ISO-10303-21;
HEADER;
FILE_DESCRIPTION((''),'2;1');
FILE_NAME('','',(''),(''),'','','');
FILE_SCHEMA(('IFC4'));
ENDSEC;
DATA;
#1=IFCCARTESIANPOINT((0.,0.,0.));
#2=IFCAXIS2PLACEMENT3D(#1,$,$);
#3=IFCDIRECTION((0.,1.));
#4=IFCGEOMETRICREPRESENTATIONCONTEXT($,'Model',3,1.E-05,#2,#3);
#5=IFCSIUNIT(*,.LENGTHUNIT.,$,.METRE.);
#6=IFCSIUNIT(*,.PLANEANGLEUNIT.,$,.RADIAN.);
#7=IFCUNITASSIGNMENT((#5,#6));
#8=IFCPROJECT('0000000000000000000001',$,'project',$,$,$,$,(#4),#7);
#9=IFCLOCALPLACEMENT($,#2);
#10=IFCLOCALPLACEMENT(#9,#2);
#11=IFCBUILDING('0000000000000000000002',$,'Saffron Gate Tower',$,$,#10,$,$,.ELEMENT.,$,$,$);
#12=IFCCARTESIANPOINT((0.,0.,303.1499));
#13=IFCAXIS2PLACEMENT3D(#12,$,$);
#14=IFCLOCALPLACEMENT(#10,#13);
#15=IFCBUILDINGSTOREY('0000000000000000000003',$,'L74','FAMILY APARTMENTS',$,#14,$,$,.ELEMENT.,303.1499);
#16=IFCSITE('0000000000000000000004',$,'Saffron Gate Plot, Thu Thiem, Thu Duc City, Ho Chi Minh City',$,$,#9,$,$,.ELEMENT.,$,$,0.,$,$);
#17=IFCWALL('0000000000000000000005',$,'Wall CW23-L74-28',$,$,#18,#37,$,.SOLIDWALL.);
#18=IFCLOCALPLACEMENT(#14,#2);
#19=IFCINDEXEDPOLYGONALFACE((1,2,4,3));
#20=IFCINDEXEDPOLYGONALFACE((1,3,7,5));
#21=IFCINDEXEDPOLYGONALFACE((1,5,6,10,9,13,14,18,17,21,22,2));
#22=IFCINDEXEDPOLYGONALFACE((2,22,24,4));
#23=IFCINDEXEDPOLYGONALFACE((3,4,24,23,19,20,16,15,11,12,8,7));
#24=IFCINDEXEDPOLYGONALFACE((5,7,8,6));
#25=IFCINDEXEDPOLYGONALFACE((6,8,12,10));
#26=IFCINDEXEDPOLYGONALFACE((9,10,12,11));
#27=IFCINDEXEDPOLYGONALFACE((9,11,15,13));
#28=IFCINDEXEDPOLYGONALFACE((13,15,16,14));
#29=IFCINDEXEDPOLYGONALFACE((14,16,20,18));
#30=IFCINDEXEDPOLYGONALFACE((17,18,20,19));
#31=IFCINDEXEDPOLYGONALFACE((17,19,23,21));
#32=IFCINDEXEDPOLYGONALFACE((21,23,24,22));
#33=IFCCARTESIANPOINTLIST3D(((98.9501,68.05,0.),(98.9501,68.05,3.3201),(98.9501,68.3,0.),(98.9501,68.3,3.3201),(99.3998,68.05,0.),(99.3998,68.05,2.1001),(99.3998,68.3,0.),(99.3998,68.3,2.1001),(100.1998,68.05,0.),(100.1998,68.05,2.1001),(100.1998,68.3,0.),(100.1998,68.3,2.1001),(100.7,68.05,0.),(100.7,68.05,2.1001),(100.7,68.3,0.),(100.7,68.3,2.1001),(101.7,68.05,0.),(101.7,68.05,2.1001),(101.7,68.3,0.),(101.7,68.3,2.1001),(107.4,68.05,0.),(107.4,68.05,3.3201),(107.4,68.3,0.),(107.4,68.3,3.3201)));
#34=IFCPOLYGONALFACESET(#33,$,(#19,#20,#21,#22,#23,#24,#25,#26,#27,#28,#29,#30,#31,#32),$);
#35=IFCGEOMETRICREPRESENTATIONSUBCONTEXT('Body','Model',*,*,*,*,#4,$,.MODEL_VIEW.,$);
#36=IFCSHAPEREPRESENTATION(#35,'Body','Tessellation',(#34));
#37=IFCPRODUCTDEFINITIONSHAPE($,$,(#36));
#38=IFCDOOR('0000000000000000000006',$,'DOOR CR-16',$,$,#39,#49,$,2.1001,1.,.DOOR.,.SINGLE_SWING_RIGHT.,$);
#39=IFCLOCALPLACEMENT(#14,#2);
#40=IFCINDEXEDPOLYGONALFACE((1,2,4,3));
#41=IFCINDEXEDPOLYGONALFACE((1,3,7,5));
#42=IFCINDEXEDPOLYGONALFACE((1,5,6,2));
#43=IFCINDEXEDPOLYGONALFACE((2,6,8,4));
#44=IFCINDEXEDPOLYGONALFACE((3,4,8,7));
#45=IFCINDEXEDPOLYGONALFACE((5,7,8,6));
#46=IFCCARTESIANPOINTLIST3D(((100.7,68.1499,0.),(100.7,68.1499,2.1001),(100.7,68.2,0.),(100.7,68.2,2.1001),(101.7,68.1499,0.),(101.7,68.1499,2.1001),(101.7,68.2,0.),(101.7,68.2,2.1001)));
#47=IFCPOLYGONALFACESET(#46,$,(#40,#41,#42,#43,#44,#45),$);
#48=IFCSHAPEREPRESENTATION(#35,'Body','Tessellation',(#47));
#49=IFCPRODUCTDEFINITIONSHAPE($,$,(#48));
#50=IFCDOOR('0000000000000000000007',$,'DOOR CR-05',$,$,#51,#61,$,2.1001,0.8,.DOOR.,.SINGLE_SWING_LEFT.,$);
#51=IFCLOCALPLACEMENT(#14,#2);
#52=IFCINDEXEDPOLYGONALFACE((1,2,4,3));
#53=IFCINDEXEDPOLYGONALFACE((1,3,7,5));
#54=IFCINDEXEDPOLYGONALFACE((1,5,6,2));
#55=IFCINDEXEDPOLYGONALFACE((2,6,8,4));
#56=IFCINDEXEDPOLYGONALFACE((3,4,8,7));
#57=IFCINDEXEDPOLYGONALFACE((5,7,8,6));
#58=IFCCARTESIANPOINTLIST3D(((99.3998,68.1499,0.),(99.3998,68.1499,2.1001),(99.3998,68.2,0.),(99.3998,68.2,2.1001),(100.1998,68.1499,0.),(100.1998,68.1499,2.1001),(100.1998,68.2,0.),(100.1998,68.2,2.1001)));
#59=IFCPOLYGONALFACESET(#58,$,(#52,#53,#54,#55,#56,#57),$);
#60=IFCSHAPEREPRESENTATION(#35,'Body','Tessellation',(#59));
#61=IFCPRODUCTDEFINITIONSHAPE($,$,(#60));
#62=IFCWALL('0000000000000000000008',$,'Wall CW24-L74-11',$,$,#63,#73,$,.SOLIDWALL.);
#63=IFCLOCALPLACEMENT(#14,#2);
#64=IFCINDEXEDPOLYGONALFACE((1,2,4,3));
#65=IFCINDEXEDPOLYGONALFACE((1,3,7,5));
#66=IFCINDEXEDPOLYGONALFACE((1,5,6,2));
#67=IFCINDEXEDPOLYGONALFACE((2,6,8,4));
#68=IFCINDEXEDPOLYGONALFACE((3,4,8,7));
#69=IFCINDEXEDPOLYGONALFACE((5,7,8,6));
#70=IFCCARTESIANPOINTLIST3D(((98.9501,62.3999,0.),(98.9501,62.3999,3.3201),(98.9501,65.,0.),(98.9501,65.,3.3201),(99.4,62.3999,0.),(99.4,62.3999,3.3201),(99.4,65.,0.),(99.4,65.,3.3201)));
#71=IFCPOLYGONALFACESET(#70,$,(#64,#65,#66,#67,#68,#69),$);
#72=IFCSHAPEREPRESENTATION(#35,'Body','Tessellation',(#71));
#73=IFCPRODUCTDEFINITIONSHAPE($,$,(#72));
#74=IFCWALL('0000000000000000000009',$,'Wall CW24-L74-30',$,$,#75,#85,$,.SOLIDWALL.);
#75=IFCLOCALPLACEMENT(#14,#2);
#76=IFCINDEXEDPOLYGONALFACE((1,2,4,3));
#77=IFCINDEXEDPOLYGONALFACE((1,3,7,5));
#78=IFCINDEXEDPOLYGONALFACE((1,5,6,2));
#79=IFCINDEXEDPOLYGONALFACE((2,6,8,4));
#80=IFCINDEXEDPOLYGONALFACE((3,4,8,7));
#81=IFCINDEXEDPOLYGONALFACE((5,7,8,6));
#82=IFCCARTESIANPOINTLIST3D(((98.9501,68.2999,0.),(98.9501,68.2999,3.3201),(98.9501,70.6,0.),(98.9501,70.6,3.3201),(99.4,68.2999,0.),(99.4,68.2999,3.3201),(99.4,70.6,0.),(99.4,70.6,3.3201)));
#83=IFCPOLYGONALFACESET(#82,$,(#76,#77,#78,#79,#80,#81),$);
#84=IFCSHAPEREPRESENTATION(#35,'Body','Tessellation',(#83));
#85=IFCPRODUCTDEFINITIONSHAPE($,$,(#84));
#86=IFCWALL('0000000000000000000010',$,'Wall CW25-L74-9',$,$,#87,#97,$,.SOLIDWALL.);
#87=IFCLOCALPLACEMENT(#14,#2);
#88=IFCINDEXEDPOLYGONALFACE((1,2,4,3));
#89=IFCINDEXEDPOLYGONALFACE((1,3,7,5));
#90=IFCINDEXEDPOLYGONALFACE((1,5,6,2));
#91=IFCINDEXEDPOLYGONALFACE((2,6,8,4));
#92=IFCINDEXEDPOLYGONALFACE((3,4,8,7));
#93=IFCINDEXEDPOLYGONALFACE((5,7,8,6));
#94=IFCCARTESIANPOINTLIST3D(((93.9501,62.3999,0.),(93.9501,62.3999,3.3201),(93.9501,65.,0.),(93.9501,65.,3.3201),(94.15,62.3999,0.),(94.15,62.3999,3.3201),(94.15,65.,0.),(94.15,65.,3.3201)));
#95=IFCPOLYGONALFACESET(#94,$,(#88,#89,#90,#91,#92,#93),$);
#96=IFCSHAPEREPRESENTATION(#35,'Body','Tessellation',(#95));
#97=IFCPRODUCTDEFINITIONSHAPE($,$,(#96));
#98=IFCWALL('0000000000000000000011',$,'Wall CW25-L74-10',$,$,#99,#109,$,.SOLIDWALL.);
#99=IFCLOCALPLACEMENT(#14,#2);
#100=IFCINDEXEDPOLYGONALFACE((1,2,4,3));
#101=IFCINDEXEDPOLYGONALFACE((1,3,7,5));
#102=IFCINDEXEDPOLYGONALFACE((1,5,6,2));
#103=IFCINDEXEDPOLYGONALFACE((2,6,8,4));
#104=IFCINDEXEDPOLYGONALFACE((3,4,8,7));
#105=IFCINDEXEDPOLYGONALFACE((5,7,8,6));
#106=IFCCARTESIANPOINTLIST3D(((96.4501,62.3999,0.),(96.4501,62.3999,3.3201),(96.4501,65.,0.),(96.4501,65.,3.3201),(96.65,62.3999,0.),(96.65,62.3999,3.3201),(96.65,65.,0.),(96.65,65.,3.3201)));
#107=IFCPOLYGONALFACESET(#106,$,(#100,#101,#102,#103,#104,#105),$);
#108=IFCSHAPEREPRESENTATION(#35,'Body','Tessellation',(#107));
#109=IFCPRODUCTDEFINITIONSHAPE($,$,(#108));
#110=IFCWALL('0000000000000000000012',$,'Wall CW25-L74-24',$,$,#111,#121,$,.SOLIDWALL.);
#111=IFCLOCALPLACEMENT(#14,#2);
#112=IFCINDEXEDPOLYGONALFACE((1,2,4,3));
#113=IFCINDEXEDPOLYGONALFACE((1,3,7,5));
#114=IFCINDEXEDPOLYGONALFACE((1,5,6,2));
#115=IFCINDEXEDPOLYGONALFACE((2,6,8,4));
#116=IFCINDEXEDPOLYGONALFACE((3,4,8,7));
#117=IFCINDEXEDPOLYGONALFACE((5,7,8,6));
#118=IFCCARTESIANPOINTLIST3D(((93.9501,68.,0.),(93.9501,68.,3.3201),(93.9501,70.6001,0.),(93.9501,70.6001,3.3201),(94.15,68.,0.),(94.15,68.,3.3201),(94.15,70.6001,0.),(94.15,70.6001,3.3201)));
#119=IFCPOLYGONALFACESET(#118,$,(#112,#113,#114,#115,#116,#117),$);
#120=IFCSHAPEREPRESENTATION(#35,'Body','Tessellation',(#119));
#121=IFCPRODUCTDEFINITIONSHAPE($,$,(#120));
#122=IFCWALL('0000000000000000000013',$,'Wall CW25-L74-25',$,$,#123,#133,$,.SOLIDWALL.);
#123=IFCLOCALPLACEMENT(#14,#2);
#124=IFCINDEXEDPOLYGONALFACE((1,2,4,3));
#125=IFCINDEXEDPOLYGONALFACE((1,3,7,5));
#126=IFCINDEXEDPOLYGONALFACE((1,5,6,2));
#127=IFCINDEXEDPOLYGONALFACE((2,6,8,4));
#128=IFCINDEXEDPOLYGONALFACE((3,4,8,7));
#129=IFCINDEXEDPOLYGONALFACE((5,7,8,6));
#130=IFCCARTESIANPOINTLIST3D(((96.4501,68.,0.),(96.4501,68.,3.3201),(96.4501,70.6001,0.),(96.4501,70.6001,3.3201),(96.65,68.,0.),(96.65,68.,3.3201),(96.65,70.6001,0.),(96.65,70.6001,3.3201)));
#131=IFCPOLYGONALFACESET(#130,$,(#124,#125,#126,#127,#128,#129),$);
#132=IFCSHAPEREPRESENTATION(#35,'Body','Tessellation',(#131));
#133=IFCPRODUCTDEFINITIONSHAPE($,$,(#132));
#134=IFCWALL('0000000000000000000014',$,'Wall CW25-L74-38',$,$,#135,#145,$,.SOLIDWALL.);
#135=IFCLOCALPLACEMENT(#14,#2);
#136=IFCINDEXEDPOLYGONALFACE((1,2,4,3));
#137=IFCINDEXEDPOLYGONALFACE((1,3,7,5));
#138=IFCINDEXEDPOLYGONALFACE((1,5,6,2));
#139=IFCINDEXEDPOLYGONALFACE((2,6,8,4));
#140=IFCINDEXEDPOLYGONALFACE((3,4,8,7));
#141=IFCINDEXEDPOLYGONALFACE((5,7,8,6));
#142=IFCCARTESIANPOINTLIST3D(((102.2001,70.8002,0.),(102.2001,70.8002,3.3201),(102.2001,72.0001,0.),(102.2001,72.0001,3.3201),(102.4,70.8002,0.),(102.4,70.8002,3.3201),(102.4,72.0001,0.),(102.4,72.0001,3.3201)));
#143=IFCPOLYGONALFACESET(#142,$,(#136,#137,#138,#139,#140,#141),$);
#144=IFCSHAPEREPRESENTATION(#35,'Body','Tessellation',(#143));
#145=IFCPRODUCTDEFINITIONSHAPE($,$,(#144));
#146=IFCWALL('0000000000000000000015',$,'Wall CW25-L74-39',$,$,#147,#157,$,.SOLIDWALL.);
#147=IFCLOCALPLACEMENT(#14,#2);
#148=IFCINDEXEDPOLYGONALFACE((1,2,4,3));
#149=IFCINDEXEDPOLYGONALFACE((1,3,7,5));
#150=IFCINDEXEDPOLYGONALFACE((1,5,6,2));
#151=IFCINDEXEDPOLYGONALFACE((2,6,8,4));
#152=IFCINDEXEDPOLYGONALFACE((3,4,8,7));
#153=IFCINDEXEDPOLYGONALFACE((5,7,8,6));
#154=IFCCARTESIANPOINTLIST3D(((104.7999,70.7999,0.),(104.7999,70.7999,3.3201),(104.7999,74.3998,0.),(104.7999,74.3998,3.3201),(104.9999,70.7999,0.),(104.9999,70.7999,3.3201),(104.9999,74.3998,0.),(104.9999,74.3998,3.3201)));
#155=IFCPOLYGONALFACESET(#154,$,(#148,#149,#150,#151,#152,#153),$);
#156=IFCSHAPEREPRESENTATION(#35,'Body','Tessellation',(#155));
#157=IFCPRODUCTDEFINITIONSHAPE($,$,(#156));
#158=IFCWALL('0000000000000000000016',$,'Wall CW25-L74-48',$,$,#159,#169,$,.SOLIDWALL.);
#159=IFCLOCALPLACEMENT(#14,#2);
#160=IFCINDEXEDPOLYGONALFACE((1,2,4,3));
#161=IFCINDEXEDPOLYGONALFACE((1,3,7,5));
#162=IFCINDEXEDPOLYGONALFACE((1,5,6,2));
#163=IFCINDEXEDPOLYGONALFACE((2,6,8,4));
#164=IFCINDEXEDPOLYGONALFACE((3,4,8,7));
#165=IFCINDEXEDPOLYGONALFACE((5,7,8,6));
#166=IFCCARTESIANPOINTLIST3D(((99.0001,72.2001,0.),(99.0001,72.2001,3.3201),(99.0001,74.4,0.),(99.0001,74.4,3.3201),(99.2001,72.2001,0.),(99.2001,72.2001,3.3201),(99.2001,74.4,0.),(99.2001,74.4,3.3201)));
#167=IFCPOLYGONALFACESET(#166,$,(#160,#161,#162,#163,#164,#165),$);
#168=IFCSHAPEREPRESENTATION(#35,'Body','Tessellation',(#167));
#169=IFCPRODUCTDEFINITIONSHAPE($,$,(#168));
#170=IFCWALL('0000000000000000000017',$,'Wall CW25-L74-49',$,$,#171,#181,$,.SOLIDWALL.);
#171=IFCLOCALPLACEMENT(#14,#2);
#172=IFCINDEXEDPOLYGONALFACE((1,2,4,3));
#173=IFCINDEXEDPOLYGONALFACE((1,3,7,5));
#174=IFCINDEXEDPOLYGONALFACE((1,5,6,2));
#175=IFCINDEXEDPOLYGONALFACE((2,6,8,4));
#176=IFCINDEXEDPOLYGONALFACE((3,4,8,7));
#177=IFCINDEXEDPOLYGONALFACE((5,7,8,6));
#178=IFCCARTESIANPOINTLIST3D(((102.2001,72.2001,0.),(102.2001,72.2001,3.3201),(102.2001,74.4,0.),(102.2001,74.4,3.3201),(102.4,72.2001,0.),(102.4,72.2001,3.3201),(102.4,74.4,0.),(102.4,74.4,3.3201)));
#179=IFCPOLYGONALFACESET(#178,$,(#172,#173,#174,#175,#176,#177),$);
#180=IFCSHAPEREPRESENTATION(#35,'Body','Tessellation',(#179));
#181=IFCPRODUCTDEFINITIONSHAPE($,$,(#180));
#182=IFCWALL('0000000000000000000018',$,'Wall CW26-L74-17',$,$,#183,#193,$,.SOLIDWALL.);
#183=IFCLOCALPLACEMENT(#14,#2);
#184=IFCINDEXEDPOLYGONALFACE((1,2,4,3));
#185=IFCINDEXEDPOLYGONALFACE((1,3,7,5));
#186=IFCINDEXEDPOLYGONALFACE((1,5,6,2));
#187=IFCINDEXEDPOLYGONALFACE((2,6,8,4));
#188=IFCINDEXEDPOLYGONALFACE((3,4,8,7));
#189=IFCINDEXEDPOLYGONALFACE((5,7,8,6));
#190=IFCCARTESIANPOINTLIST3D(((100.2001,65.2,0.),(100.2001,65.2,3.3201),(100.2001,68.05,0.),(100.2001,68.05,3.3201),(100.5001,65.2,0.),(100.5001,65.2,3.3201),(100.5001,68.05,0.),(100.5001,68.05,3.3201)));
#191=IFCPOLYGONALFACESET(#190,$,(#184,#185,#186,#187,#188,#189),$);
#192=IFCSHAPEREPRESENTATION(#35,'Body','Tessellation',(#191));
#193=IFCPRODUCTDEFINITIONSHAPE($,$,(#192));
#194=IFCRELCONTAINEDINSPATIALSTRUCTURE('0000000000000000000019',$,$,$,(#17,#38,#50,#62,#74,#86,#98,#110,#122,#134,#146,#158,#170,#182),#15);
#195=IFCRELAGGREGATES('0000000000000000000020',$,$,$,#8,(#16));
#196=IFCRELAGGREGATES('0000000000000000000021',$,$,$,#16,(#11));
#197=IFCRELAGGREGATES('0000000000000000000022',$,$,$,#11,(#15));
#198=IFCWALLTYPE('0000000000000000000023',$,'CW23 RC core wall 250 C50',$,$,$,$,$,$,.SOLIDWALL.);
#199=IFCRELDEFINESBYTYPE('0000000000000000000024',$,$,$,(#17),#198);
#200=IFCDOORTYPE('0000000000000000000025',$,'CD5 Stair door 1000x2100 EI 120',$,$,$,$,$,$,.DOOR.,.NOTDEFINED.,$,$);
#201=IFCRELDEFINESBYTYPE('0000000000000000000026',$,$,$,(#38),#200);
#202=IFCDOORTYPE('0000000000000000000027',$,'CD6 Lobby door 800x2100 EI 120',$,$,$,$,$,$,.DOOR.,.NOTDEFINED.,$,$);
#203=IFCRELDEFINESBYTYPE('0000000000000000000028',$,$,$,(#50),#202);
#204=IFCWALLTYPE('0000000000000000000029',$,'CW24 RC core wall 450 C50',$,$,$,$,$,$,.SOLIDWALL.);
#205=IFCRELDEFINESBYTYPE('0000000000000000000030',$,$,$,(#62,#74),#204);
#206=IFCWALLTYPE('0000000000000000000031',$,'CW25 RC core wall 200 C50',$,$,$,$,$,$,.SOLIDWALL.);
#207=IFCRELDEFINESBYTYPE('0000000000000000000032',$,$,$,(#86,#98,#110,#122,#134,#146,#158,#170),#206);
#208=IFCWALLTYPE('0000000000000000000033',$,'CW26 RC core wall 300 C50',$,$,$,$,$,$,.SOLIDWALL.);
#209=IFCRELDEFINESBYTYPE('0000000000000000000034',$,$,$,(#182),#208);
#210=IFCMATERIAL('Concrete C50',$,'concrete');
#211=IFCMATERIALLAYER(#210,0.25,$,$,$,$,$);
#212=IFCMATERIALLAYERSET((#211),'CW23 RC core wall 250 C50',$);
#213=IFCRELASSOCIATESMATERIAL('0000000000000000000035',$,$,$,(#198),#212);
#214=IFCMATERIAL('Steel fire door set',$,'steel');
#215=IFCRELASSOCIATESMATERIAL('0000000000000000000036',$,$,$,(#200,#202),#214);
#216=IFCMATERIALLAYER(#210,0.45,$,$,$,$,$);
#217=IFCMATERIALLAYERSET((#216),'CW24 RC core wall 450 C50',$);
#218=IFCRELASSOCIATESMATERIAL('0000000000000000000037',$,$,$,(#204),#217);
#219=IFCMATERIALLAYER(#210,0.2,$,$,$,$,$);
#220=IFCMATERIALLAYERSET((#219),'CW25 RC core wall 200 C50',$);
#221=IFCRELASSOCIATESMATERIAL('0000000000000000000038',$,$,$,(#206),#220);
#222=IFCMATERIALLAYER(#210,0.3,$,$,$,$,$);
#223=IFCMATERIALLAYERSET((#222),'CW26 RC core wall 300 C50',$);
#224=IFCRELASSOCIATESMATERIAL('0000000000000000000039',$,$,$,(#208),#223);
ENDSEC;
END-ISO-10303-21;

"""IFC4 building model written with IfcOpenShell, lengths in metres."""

from ifc_helpers import new_model, si_unit, direction, frame, frame_2d, origin, place, context, subcontext, project, spatial, rectangle, extrude, material, layer, layer_set, type_object, element, fill, save


model = new_model("IFC4")

# Units and contexts
model_context = context("Model", 3, precision=1e-05, world=origin(), true_north=direction((0.0, 1.0)))
body_context = subcontext(model_context, "Body", "Model", "MODEL_VIEW")
ifc_project = project(units=[si_unit("LENGTHUNIT", "METRE"), si_unit("PLANEANGLEUNIT", "RADIAN")], contexts=[model_context])

# Site, building, storey
site_placement = place(None, origin())
site = spatial("IfcSite", under=ifc_project, at=site_placement, Name="Saffron Gate Plot, Thu Thiem, Thu Duc City, Ho Chi Minh City", CompositionType="ELEMENT", RefElevation=0.0)
building_placement = place(site_placement, origin())
building = spatial("IfcBuilding", under=site, at=building_placement, Name="Saffron Gate Tower", CompositionType="ELEMENT")
storey_placement = place(building_placement, frame((0.0, 0.0, 303.1499)))
storey = spatial("IfcBuildingStorey", under=building, at=storey_placement, Name="L74", Description="FAMILY APARTMENTS", CompositionType="ELEMENT", Elevation=303.1499)

# Wall, openings, doors
ifc_material_1 = material(Name="Concrete C50", Category="concrete")
ifc_layer_1 = layer(ifc_material_1, 0.25)
ifc_layer_set_1 = layer_set([ifc_layer_1], Name="CW23 RC core wall 250 C50")
wall_type_1 = type_object("IfcWallType", Name="CW23 RC core wall 250 C50", PredefinedType="SOLIDWALL", material=ifc_layer_set_1)
wall_1_placement = place(storey_placement, frame((98.95, 68.175, 0.0), z_axis=(0.0, 0.0, 1.0), x_axis=(1.0, 0.0, 0.0)))
wall_1 = element("IfcWall", 1, at=wall_1_placement, inside=storey, type_object=wall_type_1, Name="Wall CW23-L74-28", PredefinedType="SOLIDWALL", context=body_context, shape_type="SweptSolid", body=[
    extrude(rectangle(XDim=8.45, YDim=0.25, at=frame_2d((4.2251, 0.0))), origin(), (0.0, 0.0, 1.0), 3.3201),
])
opening_1_placement = place(wall_1_placement, frame((0.45, 0.0, 0.0)))
opening_1 = element("IfcOpeningElement", 2, at=opening_1_placement, cuts=wall_1, PredefinedType="OPENING", context=body_context, shape_type="SweptSolid", body=[
    extrude(rectangle(XDim=0.8, YDim=2.1001, at=frame_2d((0.3999, 1.05))), frame((0.0, 0.135, 0.0), z_axis=(0.0, -1.0, 0.0), x_axis=(1.0, 0.0, 0.0)), (0.0, 0.0, 1.0), 0.27),
])
opening_2_placement = place(wall_1_placement, frame((1.75, 0.0, 0.0)))
opening_2 = element("IfcOpeningElement", 3, at=opening_2_placement, cuts=wall_1, PredefinedType="OPENING", context=body_context, shape_type="SweptSolid", body=[
    extrude(rectangle(XDim=1.0, YDim=2.1001, at=frame_2d((0.5, 1.05))), frame((0.0, 0.135, 0.0), z_axis=(0.0, -1.0, 0.0), x_axis=(1.0, 0.0, 0.0)), (0.0, 0.0, 1.0), 0.27),
])
ifc_material_2 = material(Name="Steel fire door set", Category="steel")
door_type_1 = type_object("IfcDoorType", Name="CD5 Stair door 1000x2100 EI 120", OperationType="NOTDEFINED", PredefinedType="DOOR", material=ifc_material_2)
door_1_placement = place(opening_2_placement, origin())
door_1 = element("IfcDoor", 4, at=door_1_placement, inside=storey, type_object=door_type_1, Name="DOOR CR-16", OperationType="SINGLE_SWING_RIGHT", OverallHeight=2.1001, OverallWidth=1.0, PredefinedType="DOOR", context=body_context, shape_type="SweptSolid", body=[
    extrude(rectangle(XDim=1.0, YDim=2.1001, at=frame_2d((0.5, 1.05))), frame((0.0, 0.0249, 0.0), z_axis=(0.0, -1.0, 0.0), x_axis=(1.0, 0.0, 0.0)), (0.0, 0.0, 1.0), 0.05),
])
fill(opening_2, door_1)
door_type_2 = type_object("IfcDoorType", Name="CD6 Lobby door 800x2100 EI 120", OperationType="NOTDEFINED", PredefinedType="DOOR", material=ifc_material_2)
door_2_placement = place(opening_1_placement, origin())
door_2 = element("IfcDoor", 5, at=door_2_placement, inside=storey, type_object=door_type_2, Name="DOOR CR-05", OperationType="SINGLE_SWING_LEFT", OverallHeight=2.1001, OverallWidth=0.8, PredefinedType="DOOR", context=body_context, shape_type="SweptSolid", body=[
    extrude(rectangle(XDim=0.8, YDim=2.1001, at=frame_2d((0.3999, 1.05))), frame((0.0, 0.0249, 0.0), z_axis=(0.0, -1.0, 0.0), x_axis=(1.0, 0.0, 0.0)), (0.0, 0.0, 1.0), 0.05),
])
fill(opening_1, door_2)

# Walls
ifc_layer_2 = layer(ifc_material_1, 0.45)
ifc_layer_set_2 = layer_set([ifc_layer_2], Name="CW24 RC core wall 450 C50")
wall_type_2 = type_object("IfcWallType", Name="CW24 RC core wall 450 C50", PredefinedType="SOLIDWALL", material=ifc_layer_set_2)
wall_2_placement = place(storey_placement, frame((99.175, 62.3999, 0.0), z_axis=(0.0, 0.0, 1.0), x_axis=(0.0, 1.0, 0.0)))
element("IfcWall", 6, at=wall_2_placement, inside=storey, type_object=wall_type_2, Name="Wall CW24-L74-11", PredefinedType="SOLIDWALL", context=body_context, shape_type="SweptSolid", body=[
    extrude(rectangle(XDim=2.6001, YDim=0.45, at=frame_2d((1.3, 0.0))), origin(), (0.0, 0.0, 1.0), 3.3201),
])
wall_3_placement = place(storey_placement, frame((99.175, 68.3, 0.0), z_axis=(0.0, 0.0, 1.0), x_axis=(0.0, 1.0, 0.0)))
element("IfcWall", 7, at=wall_3_placement, inside=storey, type_object=wall_type_2, Name="Wall CW24-L74-30", PredefinedType="SOLIDWALL", context=body_context, shape_type="SweptSolid", body=[
    extrude(rectangle(XDim=2.3, YDim=0.45, at=frame_2d((1.1499, 0.0))), origin(), (0.0, 0.0, 1.0), 3.3201),
])
ifc_layer_3 = layer(ifc_material_1, 0.2)
ifc_layer_set_3 = layer_set([ifc_layer_3], Name="CW25 RC core wall 200 C50")
wall_type_3 = type_object("IfcWallType", Name="CW25 RC core wall 200 C50", PredefinedType="SOLIDWALL", material=ifc_layer_set_3)
for number, where, z_axis, x_axis, name in (
    (8, (94.05, 62.3999, 0.0), (0.0, 0.0, 1.0), (0.0, 1.0, 0.0), "Wall CW25-L74-9"),
    (9, (96.55, 62.3999, 0.0), (0.0, 0.0, 1.0), (0.0, 1.0, 0.0), "Wall CW25-L74-10"),
    (10, (94.05, 68.0, 0.0), (0.0, 0.0, 1.0), (0.0, 1.0, 0.0), "Wall CW25-L74-24"),
    (11, (96.55, 68.0, 0.0), (0.0, 0.0, 1.0), (0.0, 1.0, 0.0), "Wall CW25-L74-25"),
):
    element("IfcWall", number, at=place(storey_placement, frame(where, z_axis=z_axis, x_axis=x_axis)), inside=storey, type_object=wall_type_3, Name=name, PredefinedType="SOLIDWALL", context=body_context, shape_type="SweptSolid", body=[
        extrude(rectangle(XDim=2.6001, YDim=0.2, at=frame_2d((1.3, 0.0))), origin(), (0.0, 0.0, 1.0), 3.3201),
    ])
wall_4_placement = place(storey_placement, frame((102.3, 70.8, 0.0), z_axis=(0.0, 0.0, 1.0), x_axis=(0.0, 1.0, 0.0)))
element("IfcWall", 12, at=wall_4_placement, inside=storey, type_object=wall_type_3, Name="Wall CW25-L74-38", PredefinedType="SOLIDWALL", context=body_context, shape_type="SweptSolid", body=[
    extrude(rectangle(XDim=1.2, YDim=0.2, at=frame_2d((0.6001, 0.0))), origin(), (0.0, 0.0, 1.0), 3.3201),
])
wall_5_placement = place(storey_placement, frame((104.8999, 70.8, 0.0), z_axis=(0.0, 0.0, 1.0), x_axis=(0.0, 1.0, 0.0)))
element("IfcWall", 13, at=wall_5_placement, inside=storey, type_object=wall_type_3, Name="Wall CW25-L74-39", PredefinedType="SOLIDWALL", context=body_context, shape_type="SweptSolid", body=[
    extrude(rectangle(XDim=3.5999, YDim=0.2, at=frame_2d((1.7998, 0.0))), origin(), (0.0, 0.0, 1.0), 3.3201),
])
for number, where, z_axis, x_axis, name in (
    (14, (99.1001, 72.2, 0.0), (0.0, 0.0, 1.0), (0.0, 1.0, 0.0), "Wall CW25-L74-48"),
    (15, (102.3, 72.2, 0.0), (0.0, 0.0, 1.0), (0.0, 1.0, 0.0), "Wall CW25-L74-49"),
):
    element("IfcWall", number, at=place(storey_placement, frame(where, z_axis=z_axis, x_axis=x_axis)), inside=storey, type_object=wall_type_3, Name=name, PredefinedType="SOLIDWALL", context=body_context, shape_type="SweptSolid", body=[
        extrude(rectangle(XDim=2.2, YDim=0.2, at=frame_2d((1.1001, 0.0))), origin(), (0.0, 0.0, 1.0), 3.3201),
    ])
ifc_layer_4 = layer(ifc_material_1, 0.3)
ifc_layer_set_4 = layer_set([ifc_layer_4], Name="CW26 RC core wall 300 C50")
wall_type_4 = type_object("IfcWallType", Name="CW26 RC core wall 300 C50", PredefinedType="SOLIDWALL", material=ifc_layer_set_4)
wall_6_placement = place(storey_placement, frame((100.3501, 65.2, 0.0), z_axis=(0.0, 0.0, 1.0), x_axis=(0.0, 1.0, 0.0)))
element("IfcWall", 16, at=wall_6_placement, inside=storey, type_object=wall_type_4, Name="Wall CW26-L74-17", PredefinedType="SOLIDWALL", context=body_context, shape_type="SweptSolid", body=[
    extrude(rectangle(XDim=2.8501, YDim=0.3, at=frame_2d((1.425, 0.0))), origin(), (0.0, 0.0, 1.0), 3.3201),
])

save(model, "model.ifc")
